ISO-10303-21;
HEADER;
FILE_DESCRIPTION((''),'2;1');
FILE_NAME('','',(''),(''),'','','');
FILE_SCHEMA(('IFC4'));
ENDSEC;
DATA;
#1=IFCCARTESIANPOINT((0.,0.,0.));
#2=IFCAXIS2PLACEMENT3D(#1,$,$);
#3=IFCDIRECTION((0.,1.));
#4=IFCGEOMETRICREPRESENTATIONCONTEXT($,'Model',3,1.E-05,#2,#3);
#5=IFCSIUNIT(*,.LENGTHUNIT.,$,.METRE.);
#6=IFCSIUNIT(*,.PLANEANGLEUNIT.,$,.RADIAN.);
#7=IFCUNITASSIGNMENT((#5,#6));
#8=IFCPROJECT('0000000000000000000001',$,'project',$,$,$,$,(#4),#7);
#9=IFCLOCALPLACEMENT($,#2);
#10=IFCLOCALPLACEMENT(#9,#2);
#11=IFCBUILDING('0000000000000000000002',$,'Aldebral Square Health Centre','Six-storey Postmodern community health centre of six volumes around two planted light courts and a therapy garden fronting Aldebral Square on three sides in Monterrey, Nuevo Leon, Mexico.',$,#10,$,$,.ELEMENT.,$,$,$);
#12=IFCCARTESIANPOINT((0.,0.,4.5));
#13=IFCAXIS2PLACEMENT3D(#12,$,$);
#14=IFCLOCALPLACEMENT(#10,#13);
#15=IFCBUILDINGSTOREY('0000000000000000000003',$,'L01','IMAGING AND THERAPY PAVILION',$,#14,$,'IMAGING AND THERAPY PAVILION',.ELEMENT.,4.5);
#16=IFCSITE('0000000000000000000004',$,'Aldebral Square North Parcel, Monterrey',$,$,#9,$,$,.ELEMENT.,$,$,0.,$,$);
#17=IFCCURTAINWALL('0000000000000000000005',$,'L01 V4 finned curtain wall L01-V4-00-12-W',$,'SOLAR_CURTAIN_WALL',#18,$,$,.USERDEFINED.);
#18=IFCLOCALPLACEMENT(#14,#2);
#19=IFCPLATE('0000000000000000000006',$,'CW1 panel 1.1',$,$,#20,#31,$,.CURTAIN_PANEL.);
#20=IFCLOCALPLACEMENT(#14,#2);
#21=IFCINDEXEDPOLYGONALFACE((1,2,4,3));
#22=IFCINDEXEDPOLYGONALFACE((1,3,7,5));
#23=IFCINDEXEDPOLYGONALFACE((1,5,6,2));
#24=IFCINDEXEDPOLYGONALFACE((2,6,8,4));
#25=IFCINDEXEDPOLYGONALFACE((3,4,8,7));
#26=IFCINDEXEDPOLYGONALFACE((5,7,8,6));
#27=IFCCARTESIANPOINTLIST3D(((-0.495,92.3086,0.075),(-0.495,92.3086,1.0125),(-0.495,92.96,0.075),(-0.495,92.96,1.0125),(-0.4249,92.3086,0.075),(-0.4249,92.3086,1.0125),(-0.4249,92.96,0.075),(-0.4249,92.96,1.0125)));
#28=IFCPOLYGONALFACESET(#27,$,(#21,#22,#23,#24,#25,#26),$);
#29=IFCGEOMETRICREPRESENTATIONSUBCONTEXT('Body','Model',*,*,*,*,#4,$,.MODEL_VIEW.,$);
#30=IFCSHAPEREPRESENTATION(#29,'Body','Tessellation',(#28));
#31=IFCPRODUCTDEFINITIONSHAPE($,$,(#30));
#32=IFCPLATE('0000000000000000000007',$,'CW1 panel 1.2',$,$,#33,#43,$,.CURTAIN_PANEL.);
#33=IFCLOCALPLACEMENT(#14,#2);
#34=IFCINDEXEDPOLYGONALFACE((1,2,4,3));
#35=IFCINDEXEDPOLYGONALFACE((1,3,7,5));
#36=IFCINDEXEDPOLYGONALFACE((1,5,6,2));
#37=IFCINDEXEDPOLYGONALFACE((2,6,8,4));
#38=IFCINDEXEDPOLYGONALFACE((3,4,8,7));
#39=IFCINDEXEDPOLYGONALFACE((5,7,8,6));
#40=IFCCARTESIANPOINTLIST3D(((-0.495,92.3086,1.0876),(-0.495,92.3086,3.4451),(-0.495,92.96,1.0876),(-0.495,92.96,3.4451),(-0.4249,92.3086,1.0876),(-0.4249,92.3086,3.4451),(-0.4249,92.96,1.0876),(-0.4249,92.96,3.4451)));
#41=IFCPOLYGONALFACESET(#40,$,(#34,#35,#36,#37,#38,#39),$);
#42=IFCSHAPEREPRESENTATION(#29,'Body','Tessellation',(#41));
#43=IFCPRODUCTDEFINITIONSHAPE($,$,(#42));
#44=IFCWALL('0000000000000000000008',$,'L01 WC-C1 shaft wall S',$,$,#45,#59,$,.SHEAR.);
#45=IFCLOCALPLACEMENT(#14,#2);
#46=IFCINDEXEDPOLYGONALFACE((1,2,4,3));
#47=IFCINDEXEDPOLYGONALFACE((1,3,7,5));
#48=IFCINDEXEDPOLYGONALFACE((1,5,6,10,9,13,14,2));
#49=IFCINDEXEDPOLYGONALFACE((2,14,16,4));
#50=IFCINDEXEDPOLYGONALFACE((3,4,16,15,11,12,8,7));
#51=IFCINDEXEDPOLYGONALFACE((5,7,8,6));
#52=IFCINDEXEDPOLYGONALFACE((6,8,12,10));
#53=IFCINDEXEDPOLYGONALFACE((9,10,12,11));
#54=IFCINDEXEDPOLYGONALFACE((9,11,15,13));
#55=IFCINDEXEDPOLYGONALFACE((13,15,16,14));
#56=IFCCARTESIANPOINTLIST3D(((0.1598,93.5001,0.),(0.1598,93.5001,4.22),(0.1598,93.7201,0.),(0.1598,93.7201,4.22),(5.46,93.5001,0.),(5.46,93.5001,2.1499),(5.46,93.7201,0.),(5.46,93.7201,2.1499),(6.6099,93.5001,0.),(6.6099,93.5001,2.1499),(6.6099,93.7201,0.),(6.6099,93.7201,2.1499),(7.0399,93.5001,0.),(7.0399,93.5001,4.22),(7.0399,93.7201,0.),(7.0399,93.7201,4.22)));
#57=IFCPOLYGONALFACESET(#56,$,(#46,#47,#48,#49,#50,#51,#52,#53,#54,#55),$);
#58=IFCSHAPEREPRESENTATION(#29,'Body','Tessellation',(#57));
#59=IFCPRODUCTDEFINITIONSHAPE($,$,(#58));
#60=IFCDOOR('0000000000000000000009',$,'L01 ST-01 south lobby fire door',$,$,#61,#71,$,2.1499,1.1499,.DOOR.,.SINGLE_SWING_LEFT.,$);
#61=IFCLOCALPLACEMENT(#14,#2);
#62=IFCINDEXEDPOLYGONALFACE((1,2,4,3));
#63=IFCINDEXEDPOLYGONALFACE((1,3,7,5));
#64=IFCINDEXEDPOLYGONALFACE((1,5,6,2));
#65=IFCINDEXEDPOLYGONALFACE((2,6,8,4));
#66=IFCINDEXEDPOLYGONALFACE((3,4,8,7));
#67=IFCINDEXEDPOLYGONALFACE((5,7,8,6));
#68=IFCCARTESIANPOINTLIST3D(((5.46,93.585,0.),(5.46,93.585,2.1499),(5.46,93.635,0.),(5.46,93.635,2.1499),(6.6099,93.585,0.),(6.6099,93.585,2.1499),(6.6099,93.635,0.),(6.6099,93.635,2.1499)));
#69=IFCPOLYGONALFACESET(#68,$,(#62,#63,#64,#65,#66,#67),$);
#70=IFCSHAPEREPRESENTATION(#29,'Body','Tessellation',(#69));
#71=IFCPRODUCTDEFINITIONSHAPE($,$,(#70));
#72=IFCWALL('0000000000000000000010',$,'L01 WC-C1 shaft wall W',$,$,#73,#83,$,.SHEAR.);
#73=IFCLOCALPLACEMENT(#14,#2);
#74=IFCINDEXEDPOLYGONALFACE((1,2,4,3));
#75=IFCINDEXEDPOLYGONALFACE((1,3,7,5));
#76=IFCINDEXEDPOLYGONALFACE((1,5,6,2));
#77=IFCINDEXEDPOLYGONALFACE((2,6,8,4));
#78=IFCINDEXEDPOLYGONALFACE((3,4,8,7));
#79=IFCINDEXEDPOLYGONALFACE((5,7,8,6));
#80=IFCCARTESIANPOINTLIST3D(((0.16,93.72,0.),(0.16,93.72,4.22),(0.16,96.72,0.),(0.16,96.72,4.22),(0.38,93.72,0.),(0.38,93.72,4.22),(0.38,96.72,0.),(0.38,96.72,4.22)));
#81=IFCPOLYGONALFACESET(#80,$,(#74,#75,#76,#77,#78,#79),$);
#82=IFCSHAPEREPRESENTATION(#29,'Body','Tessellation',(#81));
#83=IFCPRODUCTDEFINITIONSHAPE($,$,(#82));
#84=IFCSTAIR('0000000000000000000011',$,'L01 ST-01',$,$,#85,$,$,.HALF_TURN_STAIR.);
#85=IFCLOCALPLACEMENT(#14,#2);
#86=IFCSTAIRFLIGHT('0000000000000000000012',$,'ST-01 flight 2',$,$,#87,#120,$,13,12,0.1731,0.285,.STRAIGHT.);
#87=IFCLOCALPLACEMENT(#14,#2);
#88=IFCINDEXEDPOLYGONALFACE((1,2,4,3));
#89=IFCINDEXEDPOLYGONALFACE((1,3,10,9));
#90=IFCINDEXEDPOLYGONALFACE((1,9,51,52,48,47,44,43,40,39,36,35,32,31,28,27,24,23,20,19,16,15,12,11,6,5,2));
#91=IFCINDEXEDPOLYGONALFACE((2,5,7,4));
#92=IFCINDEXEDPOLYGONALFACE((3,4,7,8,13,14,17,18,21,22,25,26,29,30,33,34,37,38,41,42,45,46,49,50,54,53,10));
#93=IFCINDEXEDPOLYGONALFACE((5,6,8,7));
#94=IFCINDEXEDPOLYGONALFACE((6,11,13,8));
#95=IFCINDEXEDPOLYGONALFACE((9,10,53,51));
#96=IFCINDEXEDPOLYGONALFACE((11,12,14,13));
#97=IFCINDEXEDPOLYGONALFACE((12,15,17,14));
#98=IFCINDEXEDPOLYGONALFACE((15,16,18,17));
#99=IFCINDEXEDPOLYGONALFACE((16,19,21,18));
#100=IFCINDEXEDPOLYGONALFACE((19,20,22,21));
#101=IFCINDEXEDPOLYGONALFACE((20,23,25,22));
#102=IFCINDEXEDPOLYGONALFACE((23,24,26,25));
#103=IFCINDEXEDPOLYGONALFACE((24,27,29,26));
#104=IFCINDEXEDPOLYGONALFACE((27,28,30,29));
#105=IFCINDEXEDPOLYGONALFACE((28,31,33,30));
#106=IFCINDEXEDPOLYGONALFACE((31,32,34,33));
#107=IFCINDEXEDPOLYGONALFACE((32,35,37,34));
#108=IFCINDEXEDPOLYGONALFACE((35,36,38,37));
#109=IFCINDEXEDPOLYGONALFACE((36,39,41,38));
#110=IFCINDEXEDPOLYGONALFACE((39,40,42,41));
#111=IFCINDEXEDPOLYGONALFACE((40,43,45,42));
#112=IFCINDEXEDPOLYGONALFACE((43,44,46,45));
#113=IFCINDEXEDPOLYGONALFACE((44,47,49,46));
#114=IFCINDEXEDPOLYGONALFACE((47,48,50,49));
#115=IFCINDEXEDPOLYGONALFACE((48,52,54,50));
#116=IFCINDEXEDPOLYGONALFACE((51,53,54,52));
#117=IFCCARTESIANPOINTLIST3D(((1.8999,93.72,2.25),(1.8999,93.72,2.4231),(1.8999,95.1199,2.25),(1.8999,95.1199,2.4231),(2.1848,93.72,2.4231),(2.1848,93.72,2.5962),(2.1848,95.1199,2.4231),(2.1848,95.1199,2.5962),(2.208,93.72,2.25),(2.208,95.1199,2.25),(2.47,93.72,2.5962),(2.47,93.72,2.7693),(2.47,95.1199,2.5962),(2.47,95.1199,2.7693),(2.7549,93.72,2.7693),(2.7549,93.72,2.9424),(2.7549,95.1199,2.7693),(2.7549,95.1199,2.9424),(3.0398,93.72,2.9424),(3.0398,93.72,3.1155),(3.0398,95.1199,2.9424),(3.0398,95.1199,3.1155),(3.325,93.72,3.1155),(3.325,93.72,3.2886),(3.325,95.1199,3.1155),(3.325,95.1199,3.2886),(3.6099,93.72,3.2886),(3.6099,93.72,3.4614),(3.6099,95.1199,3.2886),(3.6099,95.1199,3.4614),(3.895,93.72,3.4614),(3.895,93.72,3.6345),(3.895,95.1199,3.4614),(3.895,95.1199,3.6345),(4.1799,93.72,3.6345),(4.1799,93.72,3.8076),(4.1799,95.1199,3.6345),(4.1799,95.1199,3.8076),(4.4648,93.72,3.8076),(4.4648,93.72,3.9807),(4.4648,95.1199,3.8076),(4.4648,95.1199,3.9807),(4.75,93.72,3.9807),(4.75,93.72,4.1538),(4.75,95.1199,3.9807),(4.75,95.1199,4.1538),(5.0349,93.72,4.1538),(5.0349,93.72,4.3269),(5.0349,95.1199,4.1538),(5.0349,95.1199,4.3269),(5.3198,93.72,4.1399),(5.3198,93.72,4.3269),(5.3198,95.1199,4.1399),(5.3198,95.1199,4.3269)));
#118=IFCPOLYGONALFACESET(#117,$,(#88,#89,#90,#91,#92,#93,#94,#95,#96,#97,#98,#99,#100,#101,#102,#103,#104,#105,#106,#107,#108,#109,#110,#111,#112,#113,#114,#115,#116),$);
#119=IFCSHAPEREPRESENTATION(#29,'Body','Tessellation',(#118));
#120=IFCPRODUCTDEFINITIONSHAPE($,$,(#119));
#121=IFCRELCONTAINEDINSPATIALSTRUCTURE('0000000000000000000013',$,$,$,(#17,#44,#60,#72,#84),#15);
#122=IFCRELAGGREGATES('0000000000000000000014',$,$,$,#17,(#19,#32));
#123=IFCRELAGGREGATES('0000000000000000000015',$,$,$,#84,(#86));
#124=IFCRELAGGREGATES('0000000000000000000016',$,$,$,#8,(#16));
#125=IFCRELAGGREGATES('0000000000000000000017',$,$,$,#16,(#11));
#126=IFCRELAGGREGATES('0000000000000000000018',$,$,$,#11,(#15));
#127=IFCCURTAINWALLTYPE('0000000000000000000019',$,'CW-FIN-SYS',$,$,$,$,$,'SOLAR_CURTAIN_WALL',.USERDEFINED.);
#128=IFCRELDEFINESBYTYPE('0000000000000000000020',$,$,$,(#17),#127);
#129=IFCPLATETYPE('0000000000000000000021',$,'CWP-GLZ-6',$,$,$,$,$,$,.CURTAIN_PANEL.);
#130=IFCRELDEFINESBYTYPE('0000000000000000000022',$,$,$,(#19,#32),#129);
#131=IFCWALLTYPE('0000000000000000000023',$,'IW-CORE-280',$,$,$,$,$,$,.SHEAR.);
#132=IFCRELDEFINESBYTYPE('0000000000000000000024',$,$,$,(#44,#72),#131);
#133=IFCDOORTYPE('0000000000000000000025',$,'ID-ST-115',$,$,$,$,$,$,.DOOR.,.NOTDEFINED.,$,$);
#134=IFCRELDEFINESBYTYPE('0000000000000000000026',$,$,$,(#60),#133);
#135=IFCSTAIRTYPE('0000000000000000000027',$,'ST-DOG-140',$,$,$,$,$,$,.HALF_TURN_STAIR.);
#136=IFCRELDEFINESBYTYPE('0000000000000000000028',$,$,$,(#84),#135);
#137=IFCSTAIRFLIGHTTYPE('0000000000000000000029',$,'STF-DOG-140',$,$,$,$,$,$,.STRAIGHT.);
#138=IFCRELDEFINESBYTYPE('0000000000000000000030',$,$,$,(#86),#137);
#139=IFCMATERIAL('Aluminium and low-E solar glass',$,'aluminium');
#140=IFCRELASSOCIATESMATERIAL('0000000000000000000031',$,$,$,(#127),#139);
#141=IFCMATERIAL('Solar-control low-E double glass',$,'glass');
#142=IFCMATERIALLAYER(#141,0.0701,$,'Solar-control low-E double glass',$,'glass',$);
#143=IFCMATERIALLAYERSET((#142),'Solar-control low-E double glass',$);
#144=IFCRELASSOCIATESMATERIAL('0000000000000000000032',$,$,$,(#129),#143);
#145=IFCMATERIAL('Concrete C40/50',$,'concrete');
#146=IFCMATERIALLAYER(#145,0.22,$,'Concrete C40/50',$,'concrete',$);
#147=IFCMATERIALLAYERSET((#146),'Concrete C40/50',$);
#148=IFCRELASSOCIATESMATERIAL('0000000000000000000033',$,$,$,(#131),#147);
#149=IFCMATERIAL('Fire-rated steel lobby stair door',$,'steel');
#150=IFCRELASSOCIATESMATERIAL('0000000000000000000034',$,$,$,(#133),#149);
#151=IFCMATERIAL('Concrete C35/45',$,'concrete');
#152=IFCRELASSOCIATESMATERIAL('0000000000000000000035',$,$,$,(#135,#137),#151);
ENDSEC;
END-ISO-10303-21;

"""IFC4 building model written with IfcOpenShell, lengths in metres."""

from ifc_helpers import new_model, si_unit, direction, frame, frame_2d, origin, origin_2d, place, context, subcontext, project, spatial, polyline, rectangle, outline, extrude, material, layer, layer_set, type_object, element, fill, aggregate, save


model = new_model("IFC4")

# Units and contexts
model_context = context("Model", 3, precision=1e-05, world=origin(), true_north=direction((0.0, 1.0)))
body_context = subcontext(model_context, "Body", "Model", "MODEL_VIEW")
ifc_project = project(units=[si_unit("LENGTHUNIT", "METRE"), si_unit("PLANEANGLEUNIT", "RADIAN")], contexts=[model_context])

# Site, building, storey
site_placement = place(None, origin())
site = spatial("IfcSite", under=ifc_project, at=site_placement, Name="Aldebral Square North Parcel, Monterrey", CompositionType="ELEMENT", RefElevation=0.0)
building_placement = place(site_placement, origin())
building = spatial("IfcBuilding", under=site, at=building_placement, Name="Aldebral Square Health Centre", Description="Six-storey Postmodern community health centre of six volumes around two planted light courts and a therapy garden fronting Aldebral Square on three sides in Monterrey, Nuevo Leon, Mexico.", CompositionType="ELEMENT")
storey_placement = place(building_placement, frame((0.0, 0.0, 4.5)))
storey = spatial("IfcBuildingStorey", under=building, at=storey_placement, Name="L01", Description="IMAGING AND THERAPY PAVILION", LongName="IMAGING AND THERAPY PAVILION", CompositionType="ELEMENT", Elevation=4.5)

# Shared definitions
ifc_material_1 = material(Name="Concrete C40/50", Category="concrete")

# Curtain wall, plates
ifc_material_2 = material(Name="Aluminium and low-E solar glass", Category="aluminium")
curtain_wall_type = type_object("IfcCurtainWallType", Name="CW-FIN-SYS", ElementType="SOLAR_CURTAIN_WALL", PredefinedType="USERDEFINED", material=ifc_material_2)
curtain_wall_placement = place(storey_placement, origin())
curtain_wall = element("IfcCurtainWall", 1, at=curtain_wall_placement, inside=storey, type_object=curtain_wall_type, Name="L01 V4 finned curtain wall L01-V4-00-12-W", ObjectType="SOLAR_CURTAIN_WALL", PredefinedType="USERDEFINED")
ifc_material_3 = material(Name="Solar-control low-E double glass", Category="glass")
ifc_layer_1 = layer(ifc_material_3, 0.0701, Name="Solar-control low-E double glass", Category="glass")
ifc_layer_set_1 = layer_set([ifc_layer_1], Name="Solar-control low-E double glass")
plate_type = type_object("IfcPlateType", Name="CWP-GLZ-6", PredefinedType="CURTAIN_PANEL", material=ifc_layer_set_1)
plate_1_placement = place(storey_placement, frame((-0.46, 92.6343, 0.075), z_axis=(0.0, 0.0, 1.0), x_axis=(0.0, -1.0, 0.0)))
plate_1 = element("IfcPlate", 2, at=plate_1_placement, type_object=plate_type, Name="CW1 panel 1.1", PredefinedType="CURTAIN_PANEL", context=body_context, shape_type="SweptSolid", body=[
    extrude(rectangle(XDim=0.6514, YDim=0.0701, at=origin_2d()), origin(), (0.0, 0.0, 1.0), 0.9375),
])
plate_2_placement = place(storey_placement, frame((-0.46, 92.6343, 1.0876), z_axis=(0.0, 0.0, 1.0), x_axis=(0.0, -1.0, 0.0)))
plate_2 = element("IfcPlate", 3, at=plate_2_placement, type_object=plate_type, Name="CW1 panel 1.2", PredefinedType="CURTAIN_PANEL", context=body_context, shape_type="SweptSolid", body=[
    extrude(rectangle(XDim=0.6514, YDim=0.0701, at=origin_2d()), origin(), (0.0, 0.0, 1.0), 2.3574),
])
aggregate(curtain_wall, [plate_1, plate_2])

# Wall, opening, door
ifc_layer_2 = layer(ifc_material_1, 0.22, Name="Concrete C40/50", Category="concrete")
ifc_layer_set_2 = layer_set([ifc_layer_2], Name="Concrete C40/50")
wall_type = type_object("IfcWallType", Name="IW-CORE-280", PredefinedType="SHEAR", material=ifc_layer_set_2)
wall_1_placement = place(storey_placement, frame((0.1599, 93.6101, 0.0), z_axis=(0.0, 0.0, 1.0), x_axis=(1.0, 0.0, 0.0)))
wall_1 = element("IfcWall", 4, at=wall_1_placement, inside=storey, type_object=wall_type, Name="L01 WC-C1 shaft wall S", PredefinedType="SHEAR", context=body_context, shape_type="SweptSolid", body=[
    extrude(rectangle(XDim=6.8801, YDim=0.22, at=frame_2d((3.4399, 0.0))), origin(), (0.0, 0.0, 1.0), 4.22),
])
opening_placement = place(wall_1_placement, frame((5.3, 0.0, 0.0)))
opening = element("IfcOpeningElement", 5, at=opening_placement, cuts=wall_1, PredefinedType="OPENING", context=body_context, shape_type="SweptSolid", body=[
    extrude(rectangle(XDim=1.1499, YDim=2.1499, at=frame_2d((0.575, 1.075))), frame((0.0, 0.1201, 0.0), z_axis=(0.0, -1.0, 0.0), x_axis=(1.0, 0.0, 0.0)), (0.0, 0.0, 1.0), 0.24),
])
ifc_material_4 = material(Name="Fire-rated steel lobby stair door", Category="steel")
door_type = type_object("IfcDoorType", Name="ID-ST-115", OperationType="NOTDEFINED", PredefinedType="DOOR", material=ifc_material_4)
door_placement = place(opening_placement, origin())
door = element("IfcDoor", 6, at=door_placement, inside=storey, type_object=door_type, Name="L01 ST-01 south lobby fire door", OperationType="SINGLE_SWING_LEFT", OverallHeight=2.1499, OverallWidth=1.1499, PredefinedType="DOOR", context=body_context, shape_type="SweptSolid", body=[
    extrude(rectangle(XDim=1.1499, YDim=2.1499, at=frame_2d((0.575, 1.075))), frame((0.0, 0.0249, 0.0), z_axis=(0.0, -1.0, 0.0), x_axis=(1.0, 0.0, 0.0)), (0.0, 0.0, 1.0), 0.05),
])
fill(opening, door)

# Wall
wall_2_placement = place(storey_placement, frame((0.27, 93.72, 0.0), z_axis=(0.0, 0.0, 1.0), x_axis=(0.0, 1.0, 0.0)))
element("IfcWall", 7, at=wall_2_placement, inside=storey, type_object=wall_type, Name="L01 WC-C1 shaft wall W", PredefinedType="SHEAR", context=body_context, shape_type="SweptSolid", body=[
    extrude(rectangle(XDim=3.0, YDim=0.22, at=frame_2d((1.5, 0.0))), origin(), (0.0, 0.0, 1.0), 4.22),
])

# Stair, stair flight
ifc_material_5 = material(Name="Concrete C35/45", Category="concrete")
stair_type = type_object("IfcStairType", Name="ST-DOG-140", PredefinedType="HALF_TURN_STAIR", material=ifc_material_5)
stair_placement = place(storey_placement, origin())
stair = element("IfcStair", 8, at=stair_placement, inside=storey, type_object=stair_type, Name="L01 ST-01", PredefinedType="HALF_TURN_STAIR")
stair_flight_type = type_object("IfcStairFlightType", Name="STF-DOG-140", PredefinedType="STRAIGHT", material=ifc_material_5)
stair_flight_placement = place(storey_placement, frame((1.8999, 94.4199, 2.25), z_axis=(0.0, 0.0, 1.0), x_axis=(1.0, 0.0, 0.0)))
stair_flight = element("IfcStairFlight", 9, at=stair_flight_placement, type_object=stair_flight_type, Name="ST-01 flight 2", NumberOfRisers=13, NumberOfTreads=12, PredefinedType="STRAIGHT", RiserHeight=0.1731, TreadLength=0.285, context=body_context, shape_type="SweptSolid", body=[
    extrude(outline(polyline([(0.0, 0.0), (0.0, 0.1731), (0.2849, 0.1731), (0.2849, 0.3462), (0.5701, 0.3462), (0.5701, 0.5193), (0.855, 0.5193), (0.855, 0.6924), (1.1399, 0.6924), (1.1399, 0.8655), (1.425, 0.8655), (1.425, 1.0386), (1.71, 1.0386), (1.71, 1.2114), (1.9951, 1.2114), (1.9951, 1.3845), (2.28, 1.3845), (2.28, 1.5576), (2.5649, 1.5576), (2.5649, 1.7307), (2.8501, 1.7307), (2.8501, 1.9038), (3.135, 1.9038), (3.135, 2.0769), (3.4199, 2.0769), (3.4199, 2.25), (3.4199, 1.8899), (0.3081, 0.0), (0.0, 0.0)])), frame((0.0, 0.7, 0.0), z_axis=(0.0, -1.0, 0.0), x_axis=(1.0, 0.0, 0.0)), (0.0, 0.0, 1.0), 1.3999),
])
aggregate(stair, [stair_flight])

save(model, "model.ifc")
